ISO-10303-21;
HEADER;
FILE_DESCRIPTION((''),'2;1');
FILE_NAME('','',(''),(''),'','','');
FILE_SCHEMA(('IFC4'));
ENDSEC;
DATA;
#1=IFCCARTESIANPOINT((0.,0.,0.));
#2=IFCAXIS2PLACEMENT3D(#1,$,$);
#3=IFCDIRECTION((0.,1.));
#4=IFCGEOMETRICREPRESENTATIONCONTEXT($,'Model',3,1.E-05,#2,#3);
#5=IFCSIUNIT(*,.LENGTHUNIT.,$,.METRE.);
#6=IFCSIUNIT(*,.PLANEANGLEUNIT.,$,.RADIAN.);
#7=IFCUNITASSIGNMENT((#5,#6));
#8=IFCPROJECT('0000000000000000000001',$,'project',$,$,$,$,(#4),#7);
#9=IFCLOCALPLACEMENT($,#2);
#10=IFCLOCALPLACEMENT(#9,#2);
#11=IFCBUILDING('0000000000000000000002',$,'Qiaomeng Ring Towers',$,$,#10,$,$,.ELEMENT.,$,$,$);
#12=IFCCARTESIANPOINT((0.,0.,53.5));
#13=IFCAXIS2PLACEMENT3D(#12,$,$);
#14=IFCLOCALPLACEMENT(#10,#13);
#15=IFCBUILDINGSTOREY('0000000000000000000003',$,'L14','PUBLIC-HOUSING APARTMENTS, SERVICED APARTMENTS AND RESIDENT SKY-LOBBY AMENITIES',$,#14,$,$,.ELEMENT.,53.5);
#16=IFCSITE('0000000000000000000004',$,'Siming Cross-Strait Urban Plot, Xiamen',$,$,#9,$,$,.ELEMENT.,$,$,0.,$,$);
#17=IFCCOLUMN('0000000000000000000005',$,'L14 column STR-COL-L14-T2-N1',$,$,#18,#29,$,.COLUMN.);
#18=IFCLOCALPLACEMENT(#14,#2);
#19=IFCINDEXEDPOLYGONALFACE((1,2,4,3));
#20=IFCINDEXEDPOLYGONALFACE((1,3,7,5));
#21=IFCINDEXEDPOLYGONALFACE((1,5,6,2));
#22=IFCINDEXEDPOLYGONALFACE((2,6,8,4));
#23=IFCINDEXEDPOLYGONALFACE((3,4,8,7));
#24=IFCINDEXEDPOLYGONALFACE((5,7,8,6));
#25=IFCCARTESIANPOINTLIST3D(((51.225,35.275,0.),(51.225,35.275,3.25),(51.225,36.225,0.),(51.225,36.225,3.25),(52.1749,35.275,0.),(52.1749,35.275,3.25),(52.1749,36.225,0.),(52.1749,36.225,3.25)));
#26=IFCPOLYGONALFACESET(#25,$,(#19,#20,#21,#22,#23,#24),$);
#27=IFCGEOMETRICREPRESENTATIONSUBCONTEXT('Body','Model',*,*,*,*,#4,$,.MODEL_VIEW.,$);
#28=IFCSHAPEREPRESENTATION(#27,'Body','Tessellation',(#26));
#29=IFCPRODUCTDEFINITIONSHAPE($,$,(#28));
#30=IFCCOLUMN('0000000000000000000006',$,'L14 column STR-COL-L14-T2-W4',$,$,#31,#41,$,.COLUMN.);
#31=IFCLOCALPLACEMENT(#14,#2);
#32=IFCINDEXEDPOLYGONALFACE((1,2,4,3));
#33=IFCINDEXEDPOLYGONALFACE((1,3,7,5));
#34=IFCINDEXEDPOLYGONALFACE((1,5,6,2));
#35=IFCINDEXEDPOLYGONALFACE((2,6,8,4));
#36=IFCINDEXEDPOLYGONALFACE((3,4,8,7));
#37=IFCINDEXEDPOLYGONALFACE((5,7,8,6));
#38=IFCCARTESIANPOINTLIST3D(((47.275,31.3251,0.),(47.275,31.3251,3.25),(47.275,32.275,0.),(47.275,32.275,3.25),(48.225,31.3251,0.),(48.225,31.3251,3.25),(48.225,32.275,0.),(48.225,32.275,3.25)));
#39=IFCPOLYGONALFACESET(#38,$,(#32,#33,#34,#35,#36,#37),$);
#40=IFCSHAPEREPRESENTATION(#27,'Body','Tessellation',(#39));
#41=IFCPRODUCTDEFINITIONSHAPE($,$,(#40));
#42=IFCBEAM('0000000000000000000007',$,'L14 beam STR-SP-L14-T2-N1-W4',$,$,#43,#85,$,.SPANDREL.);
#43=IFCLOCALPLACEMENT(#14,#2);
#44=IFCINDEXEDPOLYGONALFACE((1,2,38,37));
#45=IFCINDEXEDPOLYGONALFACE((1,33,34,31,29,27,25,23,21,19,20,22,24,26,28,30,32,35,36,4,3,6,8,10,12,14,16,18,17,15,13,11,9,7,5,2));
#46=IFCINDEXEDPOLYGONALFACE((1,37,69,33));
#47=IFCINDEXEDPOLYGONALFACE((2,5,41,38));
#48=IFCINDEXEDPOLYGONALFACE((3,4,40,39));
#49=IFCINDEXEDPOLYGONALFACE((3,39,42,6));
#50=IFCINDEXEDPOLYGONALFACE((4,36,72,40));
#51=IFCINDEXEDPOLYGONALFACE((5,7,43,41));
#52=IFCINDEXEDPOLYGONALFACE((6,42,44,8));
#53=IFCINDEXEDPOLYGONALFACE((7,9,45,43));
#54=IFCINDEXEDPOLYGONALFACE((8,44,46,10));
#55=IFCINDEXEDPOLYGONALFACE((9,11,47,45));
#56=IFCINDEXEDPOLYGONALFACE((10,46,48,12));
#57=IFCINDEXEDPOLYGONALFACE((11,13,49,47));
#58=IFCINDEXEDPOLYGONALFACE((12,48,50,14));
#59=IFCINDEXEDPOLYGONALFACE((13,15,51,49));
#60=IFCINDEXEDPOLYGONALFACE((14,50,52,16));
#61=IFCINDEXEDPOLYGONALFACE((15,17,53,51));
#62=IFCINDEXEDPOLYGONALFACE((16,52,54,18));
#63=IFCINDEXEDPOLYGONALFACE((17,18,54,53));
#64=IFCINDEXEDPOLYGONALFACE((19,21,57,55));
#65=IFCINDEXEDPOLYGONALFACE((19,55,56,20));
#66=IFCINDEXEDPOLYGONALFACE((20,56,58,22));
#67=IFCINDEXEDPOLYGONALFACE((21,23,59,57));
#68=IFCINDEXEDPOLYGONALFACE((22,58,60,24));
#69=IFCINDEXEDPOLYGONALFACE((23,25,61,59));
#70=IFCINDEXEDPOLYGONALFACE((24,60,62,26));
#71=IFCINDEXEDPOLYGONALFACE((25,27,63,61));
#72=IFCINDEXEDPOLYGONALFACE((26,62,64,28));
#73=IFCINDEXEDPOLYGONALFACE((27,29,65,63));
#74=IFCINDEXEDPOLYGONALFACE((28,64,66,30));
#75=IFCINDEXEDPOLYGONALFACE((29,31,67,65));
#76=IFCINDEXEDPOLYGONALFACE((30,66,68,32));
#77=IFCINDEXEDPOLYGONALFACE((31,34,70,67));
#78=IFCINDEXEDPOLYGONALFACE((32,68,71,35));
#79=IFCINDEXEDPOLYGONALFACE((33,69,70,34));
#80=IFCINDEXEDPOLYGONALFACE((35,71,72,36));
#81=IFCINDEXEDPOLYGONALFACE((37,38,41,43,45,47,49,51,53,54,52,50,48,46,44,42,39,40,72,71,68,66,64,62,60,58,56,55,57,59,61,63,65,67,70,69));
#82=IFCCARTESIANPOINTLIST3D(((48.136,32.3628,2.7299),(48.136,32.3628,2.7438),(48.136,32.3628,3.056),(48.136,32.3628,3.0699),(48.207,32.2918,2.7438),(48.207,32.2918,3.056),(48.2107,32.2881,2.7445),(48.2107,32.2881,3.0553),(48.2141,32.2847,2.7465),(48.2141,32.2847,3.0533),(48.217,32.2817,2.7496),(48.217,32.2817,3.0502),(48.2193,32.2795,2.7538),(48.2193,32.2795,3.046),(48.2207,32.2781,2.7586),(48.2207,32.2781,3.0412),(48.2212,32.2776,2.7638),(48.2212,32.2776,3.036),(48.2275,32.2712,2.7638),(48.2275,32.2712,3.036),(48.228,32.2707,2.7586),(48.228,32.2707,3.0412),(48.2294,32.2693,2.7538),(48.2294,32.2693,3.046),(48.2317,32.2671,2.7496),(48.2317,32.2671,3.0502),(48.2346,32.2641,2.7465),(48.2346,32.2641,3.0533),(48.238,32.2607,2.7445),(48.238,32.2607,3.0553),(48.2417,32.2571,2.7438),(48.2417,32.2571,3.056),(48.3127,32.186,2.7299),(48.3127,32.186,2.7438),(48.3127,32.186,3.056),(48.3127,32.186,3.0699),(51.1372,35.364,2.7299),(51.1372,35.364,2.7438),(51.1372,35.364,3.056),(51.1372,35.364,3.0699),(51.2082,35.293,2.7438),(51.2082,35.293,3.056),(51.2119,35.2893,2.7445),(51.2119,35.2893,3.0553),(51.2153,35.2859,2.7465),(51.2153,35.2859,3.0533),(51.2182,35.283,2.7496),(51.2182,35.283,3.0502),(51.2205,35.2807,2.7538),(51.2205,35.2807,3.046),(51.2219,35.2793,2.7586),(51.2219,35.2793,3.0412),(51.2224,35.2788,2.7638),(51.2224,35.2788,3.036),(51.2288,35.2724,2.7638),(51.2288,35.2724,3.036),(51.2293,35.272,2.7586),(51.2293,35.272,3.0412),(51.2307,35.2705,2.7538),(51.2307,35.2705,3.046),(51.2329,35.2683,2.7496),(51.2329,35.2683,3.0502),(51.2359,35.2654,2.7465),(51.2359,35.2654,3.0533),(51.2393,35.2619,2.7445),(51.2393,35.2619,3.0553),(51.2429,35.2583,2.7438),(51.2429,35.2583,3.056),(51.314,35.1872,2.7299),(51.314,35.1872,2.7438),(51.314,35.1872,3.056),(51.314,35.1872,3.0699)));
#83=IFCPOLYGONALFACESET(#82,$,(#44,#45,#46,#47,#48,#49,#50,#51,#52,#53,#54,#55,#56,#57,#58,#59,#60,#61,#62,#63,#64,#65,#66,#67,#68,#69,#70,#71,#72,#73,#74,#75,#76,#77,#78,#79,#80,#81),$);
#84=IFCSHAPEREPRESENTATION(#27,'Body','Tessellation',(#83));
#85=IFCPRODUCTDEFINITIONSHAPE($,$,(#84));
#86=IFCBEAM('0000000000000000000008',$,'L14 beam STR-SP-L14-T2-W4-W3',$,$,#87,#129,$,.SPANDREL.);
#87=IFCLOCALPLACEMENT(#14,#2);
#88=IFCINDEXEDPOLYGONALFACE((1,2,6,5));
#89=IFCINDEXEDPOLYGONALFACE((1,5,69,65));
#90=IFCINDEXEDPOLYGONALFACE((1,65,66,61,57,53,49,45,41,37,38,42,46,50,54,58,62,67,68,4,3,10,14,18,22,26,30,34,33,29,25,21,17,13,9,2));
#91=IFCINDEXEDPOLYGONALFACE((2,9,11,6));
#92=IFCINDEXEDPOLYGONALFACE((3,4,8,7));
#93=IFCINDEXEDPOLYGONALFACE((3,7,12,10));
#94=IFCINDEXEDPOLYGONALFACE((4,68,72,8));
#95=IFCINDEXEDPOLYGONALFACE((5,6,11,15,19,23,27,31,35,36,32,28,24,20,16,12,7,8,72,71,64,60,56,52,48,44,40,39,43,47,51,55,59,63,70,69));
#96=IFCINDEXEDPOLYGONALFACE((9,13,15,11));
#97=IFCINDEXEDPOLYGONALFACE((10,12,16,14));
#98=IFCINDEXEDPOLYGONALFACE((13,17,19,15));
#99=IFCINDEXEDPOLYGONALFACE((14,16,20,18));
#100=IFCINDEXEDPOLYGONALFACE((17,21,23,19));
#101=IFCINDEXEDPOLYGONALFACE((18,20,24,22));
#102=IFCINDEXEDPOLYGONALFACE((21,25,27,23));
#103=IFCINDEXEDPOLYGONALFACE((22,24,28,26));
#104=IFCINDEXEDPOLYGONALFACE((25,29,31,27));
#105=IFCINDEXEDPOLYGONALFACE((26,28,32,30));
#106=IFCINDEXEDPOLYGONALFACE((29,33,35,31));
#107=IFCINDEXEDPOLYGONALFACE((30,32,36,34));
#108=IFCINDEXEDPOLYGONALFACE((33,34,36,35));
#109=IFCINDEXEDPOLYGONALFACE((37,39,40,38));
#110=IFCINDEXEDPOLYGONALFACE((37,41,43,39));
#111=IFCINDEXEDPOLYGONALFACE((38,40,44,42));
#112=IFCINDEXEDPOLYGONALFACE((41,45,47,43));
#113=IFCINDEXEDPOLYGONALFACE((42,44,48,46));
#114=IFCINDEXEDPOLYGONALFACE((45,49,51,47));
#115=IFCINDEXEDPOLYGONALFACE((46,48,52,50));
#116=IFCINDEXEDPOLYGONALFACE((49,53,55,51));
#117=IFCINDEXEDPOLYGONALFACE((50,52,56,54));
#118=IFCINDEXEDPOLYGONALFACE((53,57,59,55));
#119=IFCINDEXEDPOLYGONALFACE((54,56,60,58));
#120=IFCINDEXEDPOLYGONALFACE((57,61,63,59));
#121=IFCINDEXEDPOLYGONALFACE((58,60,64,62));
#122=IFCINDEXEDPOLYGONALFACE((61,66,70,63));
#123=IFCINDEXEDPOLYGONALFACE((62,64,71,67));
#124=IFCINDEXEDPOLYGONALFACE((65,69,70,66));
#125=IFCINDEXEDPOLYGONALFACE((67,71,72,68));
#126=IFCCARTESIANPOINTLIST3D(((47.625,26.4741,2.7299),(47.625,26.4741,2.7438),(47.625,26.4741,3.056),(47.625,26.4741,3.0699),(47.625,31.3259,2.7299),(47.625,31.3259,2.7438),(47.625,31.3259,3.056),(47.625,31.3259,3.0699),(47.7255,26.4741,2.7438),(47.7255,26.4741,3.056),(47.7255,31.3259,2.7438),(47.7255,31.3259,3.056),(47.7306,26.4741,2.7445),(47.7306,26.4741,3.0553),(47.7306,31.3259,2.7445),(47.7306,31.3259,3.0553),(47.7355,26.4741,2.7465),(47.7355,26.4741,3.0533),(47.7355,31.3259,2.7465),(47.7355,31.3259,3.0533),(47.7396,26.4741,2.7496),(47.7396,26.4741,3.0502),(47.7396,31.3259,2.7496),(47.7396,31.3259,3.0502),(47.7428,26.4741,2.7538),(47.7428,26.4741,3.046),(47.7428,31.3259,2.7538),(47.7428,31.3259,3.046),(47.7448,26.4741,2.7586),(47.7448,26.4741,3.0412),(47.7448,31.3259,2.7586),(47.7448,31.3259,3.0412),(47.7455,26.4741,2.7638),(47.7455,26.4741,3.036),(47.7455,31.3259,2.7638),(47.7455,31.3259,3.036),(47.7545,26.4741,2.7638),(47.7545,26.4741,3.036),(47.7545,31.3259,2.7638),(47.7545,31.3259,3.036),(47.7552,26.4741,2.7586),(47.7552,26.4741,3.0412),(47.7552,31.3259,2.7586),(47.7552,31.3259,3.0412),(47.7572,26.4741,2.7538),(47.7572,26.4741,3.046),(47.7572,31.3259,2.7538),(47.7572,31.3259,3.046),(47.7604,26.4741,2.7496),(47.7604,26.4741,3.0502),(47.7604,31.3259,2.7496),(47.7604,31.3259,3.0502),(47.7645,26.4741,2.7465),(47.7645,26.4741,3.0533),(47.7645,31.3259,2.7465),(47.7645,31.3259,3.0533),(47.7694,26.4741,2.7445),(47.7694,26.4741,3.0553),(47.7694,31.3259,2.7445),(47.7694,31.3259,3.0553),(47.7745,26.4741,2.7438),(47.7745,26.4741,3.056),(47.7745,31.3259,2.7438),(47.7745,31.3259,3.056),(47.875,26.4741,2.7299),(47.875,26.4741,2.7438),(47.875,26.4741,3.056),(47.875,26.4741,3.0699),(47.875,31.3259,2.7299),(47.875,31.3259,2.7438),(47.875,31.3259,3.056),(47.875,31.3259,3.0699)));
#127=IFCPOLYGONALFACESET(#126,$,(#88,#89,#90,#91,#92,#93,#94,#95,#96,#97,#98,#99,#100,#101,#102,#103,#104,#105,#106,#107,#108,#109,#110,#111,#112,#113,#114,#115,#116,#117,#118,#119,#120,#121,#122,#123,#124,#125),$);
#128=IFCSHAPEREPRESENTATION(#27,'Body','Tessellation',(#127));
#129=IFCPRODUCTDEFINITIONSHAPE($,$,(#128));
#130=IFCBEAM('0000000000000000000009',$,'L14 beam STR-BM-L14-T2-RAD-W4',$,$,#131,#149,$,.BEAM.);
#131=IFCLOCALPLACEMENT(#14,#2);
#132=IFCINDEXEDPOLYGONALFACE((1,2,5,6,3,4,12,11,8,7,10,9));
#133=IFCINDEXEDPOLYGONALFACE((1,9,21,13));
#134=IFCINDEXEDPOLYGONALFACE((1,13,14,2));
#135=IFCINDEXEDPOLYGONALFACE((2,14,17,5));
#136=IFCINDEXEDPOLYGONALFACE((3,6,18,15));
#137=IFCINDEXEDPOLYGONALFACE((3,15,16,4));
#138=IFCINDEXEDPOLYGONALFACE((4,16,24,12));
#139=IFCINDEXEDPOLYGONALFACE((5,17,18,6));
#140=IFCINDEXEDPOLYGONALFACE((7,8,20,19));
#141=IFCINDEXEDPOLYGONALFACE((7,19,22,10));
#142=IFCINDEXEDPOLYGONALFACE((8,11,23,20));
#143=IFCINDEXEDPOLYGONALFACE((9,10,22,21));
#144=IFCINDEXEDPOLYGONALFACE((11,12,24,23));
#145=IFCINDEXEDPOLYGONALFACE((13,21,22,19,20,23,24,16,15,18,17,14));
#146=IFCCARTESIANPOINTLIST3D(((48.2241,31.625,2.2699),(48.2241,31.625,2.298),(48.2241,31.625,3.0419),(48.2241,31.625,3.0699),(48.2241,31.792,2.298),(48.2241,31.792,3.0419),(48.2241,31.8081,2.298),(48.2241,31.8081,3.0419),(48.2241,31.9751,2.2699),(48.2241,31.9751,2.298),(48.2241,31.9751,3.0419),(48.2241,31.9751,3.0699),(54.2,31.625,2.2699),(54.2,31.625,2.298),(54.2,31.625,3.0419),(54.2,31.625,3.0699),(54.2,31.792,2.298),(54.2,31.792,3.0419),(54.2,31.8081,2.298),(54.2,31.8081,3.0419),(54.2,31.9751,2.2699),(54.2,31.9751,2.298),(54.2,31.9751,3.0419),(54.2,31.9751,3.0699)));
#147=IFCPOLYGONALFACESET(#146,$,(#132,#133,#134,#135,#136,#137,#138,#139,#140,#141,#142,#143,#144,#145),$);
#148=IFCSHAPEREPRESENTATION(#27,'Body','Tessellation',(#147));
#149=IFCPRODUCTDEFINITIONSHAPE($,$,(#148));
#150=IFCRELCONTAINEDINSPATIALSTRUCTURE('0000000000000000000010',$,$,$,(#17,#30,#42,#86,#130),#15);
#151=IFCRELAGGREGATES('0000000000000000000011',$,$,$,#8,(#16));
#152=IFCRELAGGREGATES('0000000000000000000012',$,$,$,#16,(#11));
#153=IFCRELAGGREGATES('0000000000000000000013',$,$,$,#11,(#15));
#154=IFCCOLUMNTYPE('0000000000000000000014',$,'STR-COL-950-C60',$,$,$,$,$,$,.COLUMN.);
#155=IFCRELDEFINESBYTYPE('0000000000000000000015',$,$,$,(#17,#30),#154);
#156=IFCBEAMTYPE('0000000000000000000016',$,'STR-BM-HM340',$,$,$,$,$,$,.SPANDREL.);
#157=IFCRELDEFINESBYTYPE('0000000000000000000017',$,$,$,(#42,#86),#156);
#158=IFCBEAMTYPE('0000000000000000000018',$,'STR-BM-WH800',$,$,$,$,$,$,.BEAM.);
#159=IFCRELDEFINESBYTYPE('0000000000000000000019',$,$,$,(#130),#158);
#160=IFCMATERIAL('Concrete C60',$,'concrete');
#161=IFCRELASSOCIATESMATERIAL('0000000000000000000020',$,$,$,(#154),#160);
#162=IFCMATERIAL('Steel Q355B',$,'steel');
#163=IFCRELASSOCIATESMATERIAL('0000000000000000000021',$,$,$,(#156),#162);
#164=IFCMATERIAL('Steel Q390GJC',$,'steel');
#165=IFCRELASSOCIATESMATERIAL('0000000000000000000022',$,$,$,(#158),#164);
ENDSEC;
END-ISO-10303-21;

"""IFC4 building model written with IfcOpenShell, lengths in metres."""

from ifc_helpers import new_model, si_unit, direction, frame, origin, origin_2d, place, context, subcontext, project, spatial, rectangle, i_section, extrude, source, transform, mapped, material, material_profile, profile_set, type_object, element, save


model = new_model("IFC4")

# Units and contexts
model_context = context("Model", 3, precision=1e-05, world=origin(), true_north=direction((0.0, 1.0)))
body_context = subcontext(model_context, "Body", "Model", "MODEL_VIEW")
ifc_project = project(units=[si_unit("LENGTHUNIT", "METRE"), si_unit("PLANEANGLEUNIT", "RADIAN")], contexts=[model_context])

# Site, building, storey
site_placement = place(None, origin())
site = spatial("IfcSite", under=ifc_project, at=site_placement, Name="Siming Cross-Strait Urban Plot, Xiamen", CompositionType="ELEMENT", RefElevation=0.0)
building_placement = place(site_placement, origin())
building = spatial("IfcBuilding", under=site, at=building_placement, Name="Qiaomeng Ring Towers", CompositionType="ELEMENT")
storey_placement = place(building_placement, frame((0.0, 0.0, 53.5)))
storey = spatial("IfcBuildingStorey", under=building, at=storey_placement, Name="L14", Description="PUBLIC-HOUSING APARTMENTS, SERVICED APARTMENTS AND RESIDENT SKY-LOBBY AMENITIES", CompositionType="ELEMENT", Elevation=53.5)

# Columns
ifc_material_1 = material(Name="Concrete C60", Category="concrete")
ifc_material_profile_1 = material_profile(ifc_material_1, rectangle(XDim=0.95, YDim=0.95, at=origin_2d()), Name="RC COL 950x950")
ifc_profile_set_1 = profile_set([ifc_material_profile_1], Name="Concrete C60")
column_type = type_object("IfcColumnType", Name="STR-COL-950-C60", PredefinedType="COLUMN", material=ifc_profile_set_1)
shared_shape_1 = source(origin(), body_context, "Body", "SweptSolid", [
    extrude(rectangle(XDim=0.95, YDim=0.95, at=origin_2d()), origin(), (0.0, 0.0, 1.0), 3.25),
])
for number, where, z_axis, x_axis, name in (
    (1, (51.7, 35.75, 0.0), (0.0, 0.0, 1.0), (1.0, 0.0, 0.0), "L14 column STR-COL-L14-T2-N1"),
    (2, (47.75, 31.8, 0.0), (0.0, 0.0, 1.0), (1.0, 0.0, 0.0), "L14 column STR-COL-L14-T2-W4"),
):
    element("IfcColumn", number, at=place(storey_placement, frame(where, z_axis=z_axis, x_axis=x_axis)), inside=storey, type_object=column_type, Name=name, PredefinedType="COLUMN", context=body_context, shape_type="MappedRepresentation", body=[
        mapped(shared_shape_1, transform((0.0, 0.0, 0.0), x_axis=(1.0, 0.0, 0.0), y_axis=(0.0, 1.0, 0.0), z_axis=(0.0, 0.0, 1.0), scale=1.0)),
    ])

# Beams
ifc_material_2 = material(Name="Steel Q355B", Category="steel")
ifc_material_profile_2 = material_profile(ifc_material_2, i_section(OverallWidth=0.25, OverallDepth=0.3401, WebThickness=0.009, FlangeThickness=0.0139, FilletRadius=0.02, at=origin_2d()), Name="HM 340x250x9x14")
ifc_profile_set_2 = profile_set([ifc_material_profile_2], Name="Steel Q355B")
beam_type_1 = type_object("IfcBeamType", Name="STR-BM-HM340", PredefinedType="SPANDREL", material=ifc_profile_set_2)
shared_shape_2 = source(origin(), body_context, "Body", "SweptSolid", [
    extrude(i_section(OverallWidth=0.25, OverallDepth=0.3401, WebThickness=0.009, FlangeThickness=0.0139, FilletRadius=0.02, at=origin_2d()), origin(), (0.0, 0.0, 1.0), 4.2444),
])
beam_1_placement = place(storey_placement, frame((51.2256, 35.2756, 2.8999), z_axis=(-0.707107, -0.707107, 0.0), x_axis=(0.707107, -0.707107, 0.0)))
element("IfcBeam", 3, at=beam_1_placement, inside=storey, type_object=beam_type_1, Name="L14 beam STR-SP-L14-T2-N1-W4", PredefinedType="SPANDREL", context=body_context, shape_type="MappedRepresentation", body=[
    mapped(shared_shape_2, transform((0.0, 0.0, 0.0), x_axis=(1.0, 0.0, 0.0), y_axis=(0.0, 1.0, 0.0), z_axis=(0.0, 0.0, 1.0), scale=1.0)),
])
shared_shape_3 = source(origin(), body_context, "Body", "SweptSolid", [
    extrude(i_section(OverallWidth=0.25, OverallDepth=0.3401, WebThickness=0.009, FlangeThickness=0.0139, FilletRadius=0.02, at=origin_2d()), origin(), (0.0, 0.0, 1.0), 4.8518),
])
beam_2_placement = place(storey_placement, frame((47.75, 31.3259, 2.8999), z_axis=(0.0, -1.0, 0.0), x_axis=(1.0, 0.0, 0.0)))
element("IfcBeam", 4, at=beam_2_placement, inside=storey, type_object=beam_type_1, Name="L14 beam STR-SP-L14-T2-W4-W3", PredefinedType="SPANDREL", context=body_context, shape_type="MappedRepresentation", body=[
    mapped(shared_shape_3, transform((0.0, 0.0, 0.0), x_axis=(1.0, 0.0, 0.0), y_axis=(0.0, 1.0, 0.0), z_axis=(0.0, 0.0, 1.0), scale=1.0)),
])
ifc_material_3 = material(Name="Steel Q390GJC", Category="steel")
ifc_material_profile_3 = material_profile(ifc_material_3, i_section(OverallWidth=0.3501, OverallDepth=0.8, WebThickness=0.0161, FlangeThickness=0.0281, at=origin_2d()), Name="WH 800x350x16x28")
ifc_profile_set_3 = profile_set([ifc_material_profile_3], Name="Steel Q390GJC")
beam_type_2 = type_object("IfcBeamType", Name="STR-BM-WH800", PredefinedType="BEAM", material=ifc_profile_set_3)
shared_shape_4 = source(origin(), body_context, "Body", "SweptSolid", [
    extrude(i_section(OverallWidth=0.3501, OverallDepth=0.8, WebThickness=0.0161, FlangeThickness=0.0281, at=origin_2d()), origin(), (0.0, 0.0, 1.0), 5.9758),
])
beam_3_placement = place(storey_placement, frame((48.2241, 31.8, 2.6699), z_axis=(1.0, 0.0, 0.0), x_axis=(0.0, 1.0, 0.0)))
element("IfcBeam", 5, at=beam_3_placement, inside=storey, type_object=beam_type_2, Name="L14 beam STR-BM-L14-T2-RAD-W4", PredefinedType="BEAM", context=body_context, shape_type="MappedRepresentation", body=[
    mapped(shared_shape_4, transform((0.0, 0.0, 0.0), x_axis=(1.0, 0.0, 0.0), y_axis=(0.0, 1.0, 0.0), z_axis=(0.0, 0.0, 1.0), scale=1.0)),
])

save(model, "model.ifc")
